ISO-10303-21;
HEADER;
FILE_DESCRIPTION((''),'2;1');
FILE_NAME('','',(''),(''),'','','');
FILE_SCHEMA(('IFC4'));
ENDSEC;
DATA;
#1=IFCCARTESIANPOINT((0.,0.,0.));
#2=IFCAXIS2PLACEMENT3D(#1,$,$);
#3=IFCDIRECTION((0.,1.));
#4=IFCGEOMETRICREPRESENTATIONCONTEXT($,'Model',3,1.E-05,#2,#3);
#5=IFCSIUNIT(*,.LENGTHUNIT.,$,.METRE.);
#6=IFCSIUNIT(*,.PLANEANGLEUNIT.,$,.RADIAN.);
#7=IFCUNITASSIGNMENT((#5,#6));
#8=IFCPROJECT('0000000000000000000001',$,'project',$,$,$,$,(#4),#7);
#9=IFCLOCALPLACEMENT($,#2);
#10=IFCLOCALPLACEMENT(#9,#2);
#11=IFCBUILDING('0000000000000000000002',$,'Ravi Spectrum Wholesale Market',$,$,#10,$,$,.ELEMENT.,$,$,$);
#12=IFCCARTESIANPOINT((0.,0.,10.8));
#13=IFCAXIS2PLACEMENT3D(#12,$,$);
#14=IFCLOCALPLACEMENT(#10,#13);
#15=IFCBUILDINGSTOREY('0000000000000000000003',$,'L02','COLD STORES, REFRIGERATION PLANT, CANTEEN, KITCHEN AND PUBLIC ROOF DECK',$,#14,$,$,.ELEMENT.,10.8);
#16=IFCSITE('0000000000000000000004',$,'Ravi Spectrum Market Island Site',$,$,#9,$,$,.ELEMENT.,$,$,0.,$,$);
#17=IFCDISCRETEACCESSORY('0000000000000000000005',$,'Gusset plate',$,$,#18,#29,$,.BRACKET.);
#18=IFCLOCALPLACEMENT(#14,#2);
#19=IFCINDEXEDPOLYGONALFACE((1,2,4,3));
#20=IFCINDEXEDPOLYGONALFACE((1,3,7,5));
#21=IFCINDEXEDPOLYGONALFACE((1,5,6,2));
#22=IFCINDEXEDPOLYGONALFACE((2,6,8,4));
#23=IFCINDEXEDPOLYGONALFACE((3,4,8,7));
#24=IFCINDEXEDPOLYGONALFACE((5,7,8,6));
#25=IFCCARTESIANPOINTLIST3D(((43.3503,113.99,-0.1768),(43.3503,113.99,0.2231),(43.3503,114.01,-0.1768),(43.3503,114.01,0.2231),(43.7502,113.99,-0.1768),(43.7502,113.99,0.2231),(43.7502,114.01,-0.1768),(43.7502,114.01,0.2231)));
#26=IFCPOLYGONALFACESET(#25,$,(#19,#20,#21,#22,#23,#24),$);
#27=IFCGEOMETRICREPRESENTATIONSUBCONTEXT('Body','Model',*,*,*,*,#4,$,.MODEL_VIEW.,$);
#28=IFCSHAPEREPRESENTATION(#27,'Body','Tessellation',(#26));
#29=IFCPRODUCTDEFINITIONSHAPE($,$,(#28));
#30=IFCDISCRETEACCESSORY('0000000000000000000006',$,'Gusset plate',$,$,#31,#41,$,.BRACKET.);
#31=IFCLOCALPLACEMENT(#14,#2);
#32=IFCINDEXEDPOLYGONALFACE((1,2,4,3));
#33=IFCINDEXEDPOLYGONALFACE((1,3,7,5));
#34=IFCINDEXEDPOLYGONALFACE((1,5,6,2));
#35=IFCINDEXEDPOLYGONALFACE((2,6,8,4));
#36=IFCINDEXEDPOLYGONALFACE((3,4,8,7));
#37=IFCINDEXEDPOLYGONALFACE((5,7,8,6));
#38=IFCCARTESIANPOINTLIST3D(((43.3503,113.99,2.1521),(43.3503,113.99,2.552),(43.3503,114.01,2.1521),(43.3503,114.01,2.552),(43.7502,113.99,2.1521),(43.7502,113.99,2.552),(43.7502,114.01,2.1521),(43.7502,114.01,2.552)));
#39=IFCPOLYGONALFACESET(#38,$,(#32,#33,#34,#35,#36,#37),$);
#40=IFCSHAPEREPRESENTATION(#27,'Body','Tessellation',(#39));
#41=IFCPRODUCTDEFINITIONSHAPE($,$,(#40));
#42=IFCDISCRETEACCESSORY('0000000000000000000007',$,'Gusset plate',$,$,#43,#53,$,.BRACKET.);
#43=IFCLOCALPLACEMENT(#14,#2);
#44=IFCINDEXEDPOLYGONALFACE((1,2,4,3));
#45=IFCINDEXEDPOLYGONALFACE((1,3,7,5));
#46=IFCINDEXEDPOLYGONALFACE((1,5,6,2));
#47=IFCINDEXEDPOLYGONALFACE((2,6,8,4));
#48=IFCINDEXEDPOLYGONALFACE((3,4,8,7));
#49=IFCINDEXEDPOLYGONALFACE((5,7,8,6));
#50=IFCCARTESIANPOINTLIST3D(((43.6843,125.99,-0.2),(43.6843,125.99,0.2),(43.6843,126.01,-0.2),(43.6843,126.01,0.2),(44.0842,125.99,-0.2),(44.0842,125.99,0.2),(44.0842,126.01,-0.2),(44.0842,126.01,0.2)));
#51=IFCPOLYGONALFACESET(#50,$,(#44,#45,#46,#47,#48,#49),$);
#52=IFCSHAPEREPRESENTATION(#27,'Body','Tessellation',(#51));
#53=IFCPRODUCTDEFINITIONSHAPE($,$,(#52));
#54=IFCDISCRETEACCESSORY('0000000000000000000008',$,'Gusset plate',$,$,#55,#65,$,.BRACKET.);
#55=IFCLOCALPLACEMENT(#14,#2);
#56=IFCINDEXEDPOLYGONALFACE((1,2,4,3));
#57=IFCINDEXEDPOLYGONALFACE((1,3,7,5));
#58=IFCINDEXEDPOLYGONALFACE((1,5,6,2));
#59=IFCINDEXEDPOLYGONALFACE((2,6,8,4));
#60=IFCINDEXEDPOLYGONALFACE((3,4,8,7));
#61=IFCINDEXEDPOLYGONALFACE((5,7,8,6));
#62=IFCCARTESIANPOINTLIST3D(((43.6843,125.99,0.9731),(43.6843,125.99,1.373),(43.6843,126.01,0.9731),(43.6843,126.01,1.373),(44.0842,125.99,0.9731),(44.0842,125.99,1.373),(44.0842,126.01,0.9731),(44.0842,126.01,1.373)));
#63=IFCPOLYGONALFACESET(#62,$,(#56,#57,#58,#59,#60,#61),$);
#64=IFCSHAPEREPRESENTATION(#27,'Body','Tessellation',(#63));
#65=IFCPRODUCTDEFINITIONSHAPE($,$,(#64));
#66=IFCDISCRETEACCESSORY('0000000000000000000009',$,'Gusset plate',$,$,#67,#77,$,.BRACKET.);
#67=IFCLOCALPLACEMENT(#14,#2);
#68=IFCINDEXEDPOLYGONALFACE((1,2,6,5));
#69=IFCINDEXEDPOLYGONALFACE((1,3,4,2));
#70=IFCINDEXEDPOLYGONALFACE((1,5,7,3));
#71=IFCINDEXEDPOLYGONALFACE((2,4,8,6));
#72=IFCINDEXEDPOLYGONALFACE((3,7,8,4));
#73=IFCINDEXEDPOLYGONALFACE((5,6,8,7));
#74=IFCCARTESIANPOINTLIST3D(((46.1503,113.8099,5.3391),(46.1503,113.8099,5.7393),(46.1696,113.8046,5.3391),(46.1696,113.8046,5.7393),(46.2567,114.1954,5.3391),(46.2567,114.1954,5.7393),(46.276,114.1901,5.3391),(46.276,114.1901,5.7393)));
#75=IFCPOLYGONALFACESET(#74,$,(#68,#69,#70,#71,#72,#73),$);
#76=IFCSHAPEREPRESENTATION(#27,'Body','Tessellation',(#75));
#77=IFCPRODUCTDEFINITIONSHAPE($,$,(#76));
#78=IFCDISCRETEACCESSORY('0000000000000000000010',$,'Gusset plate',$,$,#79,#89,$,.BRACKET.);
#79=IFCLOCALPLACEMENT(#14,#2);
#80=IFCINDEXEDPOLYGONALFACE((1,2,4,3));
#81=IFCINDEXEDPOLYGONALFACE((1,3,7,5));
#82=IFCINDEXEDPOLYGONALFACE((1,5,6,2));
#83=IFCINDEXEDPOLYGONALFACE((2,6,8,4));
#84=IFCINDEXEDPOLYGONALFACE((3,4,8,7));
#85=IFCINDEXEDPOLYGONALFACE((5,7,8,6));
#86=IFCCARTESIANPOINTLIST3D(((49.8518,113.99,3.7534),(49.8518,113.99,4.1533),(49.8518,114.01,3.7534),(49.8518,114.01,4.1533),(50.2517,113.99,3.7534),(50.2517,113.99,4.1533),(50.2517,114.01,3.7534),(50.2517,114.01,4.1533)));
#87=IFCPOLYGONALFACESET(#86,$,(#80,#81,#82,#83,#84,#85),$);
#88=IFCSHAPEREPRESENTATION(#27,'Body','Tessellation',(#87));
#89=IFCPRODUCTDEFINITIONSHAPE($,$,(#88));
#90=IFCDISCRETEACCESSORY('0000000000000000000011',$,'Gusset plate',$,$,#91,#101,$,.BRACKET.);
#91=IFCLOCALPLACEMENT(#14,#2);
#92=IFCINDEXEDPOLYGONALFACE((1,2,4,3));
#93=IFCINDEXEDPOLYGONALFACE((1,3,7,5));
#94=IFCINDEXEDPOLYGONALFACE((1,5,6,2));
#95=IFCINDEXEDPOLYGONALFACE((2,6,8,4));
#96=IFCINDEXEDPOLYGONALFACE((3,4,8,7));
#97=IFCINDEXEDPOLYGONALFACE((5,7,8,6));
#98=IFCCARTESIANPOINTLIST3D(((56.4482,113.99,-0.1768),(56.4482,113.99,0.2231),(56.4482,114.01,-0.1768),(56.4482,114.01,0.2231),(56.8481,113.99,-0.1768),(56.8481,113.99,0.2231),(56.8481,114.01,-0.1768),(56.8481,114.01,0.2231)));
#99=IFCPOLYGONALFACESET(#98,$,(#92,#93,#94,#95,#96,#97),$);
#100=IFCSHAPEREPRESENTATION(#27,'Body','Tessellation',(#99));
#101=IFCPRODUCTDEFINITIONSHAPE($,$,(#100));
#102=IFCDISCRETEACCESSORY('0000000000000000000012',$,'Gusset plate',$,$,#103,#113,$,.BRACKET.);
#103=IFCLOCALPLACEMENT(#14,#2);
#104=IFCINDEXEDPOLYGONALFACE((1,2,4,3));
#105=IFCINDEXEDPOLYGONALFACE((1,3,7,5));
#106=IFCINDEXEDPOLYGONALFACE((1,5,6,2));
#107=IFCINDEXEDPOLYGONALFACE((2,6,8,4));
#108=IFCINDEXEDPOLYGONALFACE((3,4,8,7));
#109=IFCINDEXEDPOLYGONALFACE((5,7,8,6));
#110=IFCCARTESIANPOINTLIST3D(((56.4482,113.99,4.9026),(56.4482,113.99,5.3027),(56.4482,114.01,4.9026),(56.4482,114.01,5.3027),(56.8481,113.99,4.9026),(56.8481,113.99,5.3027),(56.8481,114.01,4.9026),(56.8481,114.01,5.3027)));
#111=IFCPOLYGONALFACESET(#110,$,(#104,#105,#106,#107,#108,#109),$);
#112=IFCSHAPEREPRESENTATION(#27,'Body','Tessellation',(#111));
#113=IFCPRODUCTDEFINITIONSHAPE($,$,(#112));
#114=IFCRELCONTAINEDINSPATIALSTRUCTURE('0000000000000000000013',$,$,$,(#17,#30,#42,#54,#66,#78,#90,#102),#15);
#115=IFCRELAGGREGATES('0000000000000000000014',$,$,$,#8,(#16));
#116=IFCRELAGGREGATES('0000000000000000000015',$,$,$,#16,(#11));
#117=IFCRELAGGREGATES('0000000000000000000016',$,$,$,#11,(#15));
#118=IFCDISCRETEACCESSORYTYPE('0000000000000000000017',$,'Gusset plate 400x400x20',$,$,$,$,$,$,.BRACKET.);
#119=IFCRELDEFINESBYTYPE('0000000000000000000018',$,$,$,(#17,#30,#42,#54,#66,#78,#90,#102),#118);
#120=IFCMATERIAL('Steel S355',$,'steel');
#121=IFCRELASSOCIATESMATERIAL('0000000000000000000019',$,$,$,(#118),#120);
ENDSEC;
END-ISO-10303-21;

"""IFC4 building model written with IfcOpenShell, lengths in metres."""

from ifc_helpers import new_model, si_unit, direction, frame, origin, origin_2d, place, context, subcontext, project, spatial, rectangle, extrude, material, material_profile, profile_set, type_object, element, save


model = new_model("IFC4")

# Units and contexts
model_context = context("Model", 3, precision=1e-05, world=origin(), true_north=direction((0.0, 1.0)))
body_context = subcontext(model_context, "Body", "Model", "MODEL_VIEW")
ifc_project = project(units=[si_unit("LENGTHUNIT", "METRE"), si_unit("PLANEANGLEUNIT", "RADIAN")], contexts=[model_context])

# Site, building, storey
site_placement = place(None, origin())
site = spatial("IfcSite", under=ifc_project, at=site_placement, Name="Ravi Spectrum Market Island Site", CompositionType="ELEMENT", RefElevation=0.0)
building_placement = place(site_placement, origin())
building = spatial("IfcBuilding", under=site, at=building_placement, Name="Ravi Spectrum Wholesale Market", CompositionType="ELEMENT")
storey_placement = place(building_placement, frame((0.0, 0.0, 10.8)))
storey = spatial("IfcBuildingStorey", under=building, at=storey_placement, Name="L02", Description="COLD STORES, REFRIGERATION PLANT, CANTEEN, KITCHEN AND PUBLIC ROOF DECK", CompositionType="ELEMENT", Elevation=10.8)

# Discrete accessories
ifc_material_1 = material(Name="Steel S355", Category="steel")
ifc_material_profile_1 = material_profile(ifc_material_1, rectangle(XDim=0.3999, YDim=0.02, at=origin_2d()))
ifc_profile_set_1 = profile_set([ifc_material_profile_1], Name="Steel S355")
discrete_accessory_type_1 = type_object("IfcDiscreteAccessoryType", Name="Gusset plate 400x400x20", PredefinedType="BRACKET", material=ifc_profile_set_1)
for number, where, z_axis, x_axis, name in (
    (1, (43.5503, 114.0, -0.1768), (0.0, 0.0, 1.0), (1.0, 0.0, 0.0), "Gusset plate"),
    (2, (43.5503, 114.0, 2.1521), (0.0, 0.0, 1.0), (1.0, 0.0, 0.0), "Gusset plate"),
    (3, (43.8843, 126.0, -0.2), (0.0, 0.0, 1.0), (1.0, 0.0, 0.0), "Gusset plate"),
    (4, (43.8843, 126.0, 0.9731), (0.0, 0.0, 1.0), (1.0, 0.0, 0.0), "Gusset plate"),
):
    element("IfcDiscreteAccessory", number, at=place(storey_placement, frame(where, z_axis=z_axis, x_axis=x_axis)), inside=storey, type_object=discrete_accessory_type_1, Name=name, PredefinedType="BRACKET", context=body_context, shape_type="SweptSolid", body=[
        extrude(rectangle(XDim=0.3999, YDim=0.02, at=origin_2d()), origin(), (0.0, 0.0, 1.0), 0.3999),
    ])
discrete_accessory_1_placement = place(storey_placement, frame((46.2131, 114.0, 5.3391), z_axis=(0.0, 0.0, 1.0), x_axis=(0.265907, 0.963999, 0.0)))
element("IfcDiscreteAccessory", 5, at=discrete_accessory_1_placement, inside=storey, type_object=discrete_accessory_type_1, Name="Gusset plate", PredefinedType="BRACKET", context=body_context, shape_type="SweptSolid", body=[
    extrude(rectangle(XDim=0.3999, YDim=0.02, at=origin_2d()), origin(), (0.0, 0.0, 1.0), 0.4001),
])
for number, where, z_axis, x_axis, name in (
    (6, (50.0518, 114.0, 3.7534), (0.0, 0.0, 1.0), (1.0, 0.0, 0.0), "Gusset plate"),
    (7, (56.6482, 114.0, -0.1768), (0.0, 0.0, 1.0), (1.0, 0.0, 0.0), "Gusset plate"),
):
    element("IfcDiscreteAccessory", number, at=place(storey_placement, frame(where, z_axis=z_axis, x_axis=x_axis)), inside=storey, type_object=discrete_accessory_type_1, Name=name, PredefinedType="BRACKET", context=body_context, shape_type="SweptSolid", body=[
        extrude(rectangle(XDim=0.3999, YDim=0.02, at=origin_2d()), origin(), (0.0, 0.0, 1.0), 0.3999),
    ])
discrete_accessory_2_placement = place(storey_placement, frame((56.6482, 114.0, 4.9026), z_axis=(0.0, 0.0, 1.0), x_axis=(1.0, 0.0, 0.0)))
element("IfcDiscreteAccessory", 8, at=discrete_accessory_2_placement, inside=storey, type_object=discrete_accessory_type_1, Name="Gusset plate", PredefinedType="BRACKET", context=body_context, shape_type="SweptSolid", body=[
    extrude(rectangle(XDim=0.3999, YDim=0.02, at=origin_2d()), origin(), (0.0, 0.0, 1.0), 0.4001),
])

save(model, "model.ifc")
